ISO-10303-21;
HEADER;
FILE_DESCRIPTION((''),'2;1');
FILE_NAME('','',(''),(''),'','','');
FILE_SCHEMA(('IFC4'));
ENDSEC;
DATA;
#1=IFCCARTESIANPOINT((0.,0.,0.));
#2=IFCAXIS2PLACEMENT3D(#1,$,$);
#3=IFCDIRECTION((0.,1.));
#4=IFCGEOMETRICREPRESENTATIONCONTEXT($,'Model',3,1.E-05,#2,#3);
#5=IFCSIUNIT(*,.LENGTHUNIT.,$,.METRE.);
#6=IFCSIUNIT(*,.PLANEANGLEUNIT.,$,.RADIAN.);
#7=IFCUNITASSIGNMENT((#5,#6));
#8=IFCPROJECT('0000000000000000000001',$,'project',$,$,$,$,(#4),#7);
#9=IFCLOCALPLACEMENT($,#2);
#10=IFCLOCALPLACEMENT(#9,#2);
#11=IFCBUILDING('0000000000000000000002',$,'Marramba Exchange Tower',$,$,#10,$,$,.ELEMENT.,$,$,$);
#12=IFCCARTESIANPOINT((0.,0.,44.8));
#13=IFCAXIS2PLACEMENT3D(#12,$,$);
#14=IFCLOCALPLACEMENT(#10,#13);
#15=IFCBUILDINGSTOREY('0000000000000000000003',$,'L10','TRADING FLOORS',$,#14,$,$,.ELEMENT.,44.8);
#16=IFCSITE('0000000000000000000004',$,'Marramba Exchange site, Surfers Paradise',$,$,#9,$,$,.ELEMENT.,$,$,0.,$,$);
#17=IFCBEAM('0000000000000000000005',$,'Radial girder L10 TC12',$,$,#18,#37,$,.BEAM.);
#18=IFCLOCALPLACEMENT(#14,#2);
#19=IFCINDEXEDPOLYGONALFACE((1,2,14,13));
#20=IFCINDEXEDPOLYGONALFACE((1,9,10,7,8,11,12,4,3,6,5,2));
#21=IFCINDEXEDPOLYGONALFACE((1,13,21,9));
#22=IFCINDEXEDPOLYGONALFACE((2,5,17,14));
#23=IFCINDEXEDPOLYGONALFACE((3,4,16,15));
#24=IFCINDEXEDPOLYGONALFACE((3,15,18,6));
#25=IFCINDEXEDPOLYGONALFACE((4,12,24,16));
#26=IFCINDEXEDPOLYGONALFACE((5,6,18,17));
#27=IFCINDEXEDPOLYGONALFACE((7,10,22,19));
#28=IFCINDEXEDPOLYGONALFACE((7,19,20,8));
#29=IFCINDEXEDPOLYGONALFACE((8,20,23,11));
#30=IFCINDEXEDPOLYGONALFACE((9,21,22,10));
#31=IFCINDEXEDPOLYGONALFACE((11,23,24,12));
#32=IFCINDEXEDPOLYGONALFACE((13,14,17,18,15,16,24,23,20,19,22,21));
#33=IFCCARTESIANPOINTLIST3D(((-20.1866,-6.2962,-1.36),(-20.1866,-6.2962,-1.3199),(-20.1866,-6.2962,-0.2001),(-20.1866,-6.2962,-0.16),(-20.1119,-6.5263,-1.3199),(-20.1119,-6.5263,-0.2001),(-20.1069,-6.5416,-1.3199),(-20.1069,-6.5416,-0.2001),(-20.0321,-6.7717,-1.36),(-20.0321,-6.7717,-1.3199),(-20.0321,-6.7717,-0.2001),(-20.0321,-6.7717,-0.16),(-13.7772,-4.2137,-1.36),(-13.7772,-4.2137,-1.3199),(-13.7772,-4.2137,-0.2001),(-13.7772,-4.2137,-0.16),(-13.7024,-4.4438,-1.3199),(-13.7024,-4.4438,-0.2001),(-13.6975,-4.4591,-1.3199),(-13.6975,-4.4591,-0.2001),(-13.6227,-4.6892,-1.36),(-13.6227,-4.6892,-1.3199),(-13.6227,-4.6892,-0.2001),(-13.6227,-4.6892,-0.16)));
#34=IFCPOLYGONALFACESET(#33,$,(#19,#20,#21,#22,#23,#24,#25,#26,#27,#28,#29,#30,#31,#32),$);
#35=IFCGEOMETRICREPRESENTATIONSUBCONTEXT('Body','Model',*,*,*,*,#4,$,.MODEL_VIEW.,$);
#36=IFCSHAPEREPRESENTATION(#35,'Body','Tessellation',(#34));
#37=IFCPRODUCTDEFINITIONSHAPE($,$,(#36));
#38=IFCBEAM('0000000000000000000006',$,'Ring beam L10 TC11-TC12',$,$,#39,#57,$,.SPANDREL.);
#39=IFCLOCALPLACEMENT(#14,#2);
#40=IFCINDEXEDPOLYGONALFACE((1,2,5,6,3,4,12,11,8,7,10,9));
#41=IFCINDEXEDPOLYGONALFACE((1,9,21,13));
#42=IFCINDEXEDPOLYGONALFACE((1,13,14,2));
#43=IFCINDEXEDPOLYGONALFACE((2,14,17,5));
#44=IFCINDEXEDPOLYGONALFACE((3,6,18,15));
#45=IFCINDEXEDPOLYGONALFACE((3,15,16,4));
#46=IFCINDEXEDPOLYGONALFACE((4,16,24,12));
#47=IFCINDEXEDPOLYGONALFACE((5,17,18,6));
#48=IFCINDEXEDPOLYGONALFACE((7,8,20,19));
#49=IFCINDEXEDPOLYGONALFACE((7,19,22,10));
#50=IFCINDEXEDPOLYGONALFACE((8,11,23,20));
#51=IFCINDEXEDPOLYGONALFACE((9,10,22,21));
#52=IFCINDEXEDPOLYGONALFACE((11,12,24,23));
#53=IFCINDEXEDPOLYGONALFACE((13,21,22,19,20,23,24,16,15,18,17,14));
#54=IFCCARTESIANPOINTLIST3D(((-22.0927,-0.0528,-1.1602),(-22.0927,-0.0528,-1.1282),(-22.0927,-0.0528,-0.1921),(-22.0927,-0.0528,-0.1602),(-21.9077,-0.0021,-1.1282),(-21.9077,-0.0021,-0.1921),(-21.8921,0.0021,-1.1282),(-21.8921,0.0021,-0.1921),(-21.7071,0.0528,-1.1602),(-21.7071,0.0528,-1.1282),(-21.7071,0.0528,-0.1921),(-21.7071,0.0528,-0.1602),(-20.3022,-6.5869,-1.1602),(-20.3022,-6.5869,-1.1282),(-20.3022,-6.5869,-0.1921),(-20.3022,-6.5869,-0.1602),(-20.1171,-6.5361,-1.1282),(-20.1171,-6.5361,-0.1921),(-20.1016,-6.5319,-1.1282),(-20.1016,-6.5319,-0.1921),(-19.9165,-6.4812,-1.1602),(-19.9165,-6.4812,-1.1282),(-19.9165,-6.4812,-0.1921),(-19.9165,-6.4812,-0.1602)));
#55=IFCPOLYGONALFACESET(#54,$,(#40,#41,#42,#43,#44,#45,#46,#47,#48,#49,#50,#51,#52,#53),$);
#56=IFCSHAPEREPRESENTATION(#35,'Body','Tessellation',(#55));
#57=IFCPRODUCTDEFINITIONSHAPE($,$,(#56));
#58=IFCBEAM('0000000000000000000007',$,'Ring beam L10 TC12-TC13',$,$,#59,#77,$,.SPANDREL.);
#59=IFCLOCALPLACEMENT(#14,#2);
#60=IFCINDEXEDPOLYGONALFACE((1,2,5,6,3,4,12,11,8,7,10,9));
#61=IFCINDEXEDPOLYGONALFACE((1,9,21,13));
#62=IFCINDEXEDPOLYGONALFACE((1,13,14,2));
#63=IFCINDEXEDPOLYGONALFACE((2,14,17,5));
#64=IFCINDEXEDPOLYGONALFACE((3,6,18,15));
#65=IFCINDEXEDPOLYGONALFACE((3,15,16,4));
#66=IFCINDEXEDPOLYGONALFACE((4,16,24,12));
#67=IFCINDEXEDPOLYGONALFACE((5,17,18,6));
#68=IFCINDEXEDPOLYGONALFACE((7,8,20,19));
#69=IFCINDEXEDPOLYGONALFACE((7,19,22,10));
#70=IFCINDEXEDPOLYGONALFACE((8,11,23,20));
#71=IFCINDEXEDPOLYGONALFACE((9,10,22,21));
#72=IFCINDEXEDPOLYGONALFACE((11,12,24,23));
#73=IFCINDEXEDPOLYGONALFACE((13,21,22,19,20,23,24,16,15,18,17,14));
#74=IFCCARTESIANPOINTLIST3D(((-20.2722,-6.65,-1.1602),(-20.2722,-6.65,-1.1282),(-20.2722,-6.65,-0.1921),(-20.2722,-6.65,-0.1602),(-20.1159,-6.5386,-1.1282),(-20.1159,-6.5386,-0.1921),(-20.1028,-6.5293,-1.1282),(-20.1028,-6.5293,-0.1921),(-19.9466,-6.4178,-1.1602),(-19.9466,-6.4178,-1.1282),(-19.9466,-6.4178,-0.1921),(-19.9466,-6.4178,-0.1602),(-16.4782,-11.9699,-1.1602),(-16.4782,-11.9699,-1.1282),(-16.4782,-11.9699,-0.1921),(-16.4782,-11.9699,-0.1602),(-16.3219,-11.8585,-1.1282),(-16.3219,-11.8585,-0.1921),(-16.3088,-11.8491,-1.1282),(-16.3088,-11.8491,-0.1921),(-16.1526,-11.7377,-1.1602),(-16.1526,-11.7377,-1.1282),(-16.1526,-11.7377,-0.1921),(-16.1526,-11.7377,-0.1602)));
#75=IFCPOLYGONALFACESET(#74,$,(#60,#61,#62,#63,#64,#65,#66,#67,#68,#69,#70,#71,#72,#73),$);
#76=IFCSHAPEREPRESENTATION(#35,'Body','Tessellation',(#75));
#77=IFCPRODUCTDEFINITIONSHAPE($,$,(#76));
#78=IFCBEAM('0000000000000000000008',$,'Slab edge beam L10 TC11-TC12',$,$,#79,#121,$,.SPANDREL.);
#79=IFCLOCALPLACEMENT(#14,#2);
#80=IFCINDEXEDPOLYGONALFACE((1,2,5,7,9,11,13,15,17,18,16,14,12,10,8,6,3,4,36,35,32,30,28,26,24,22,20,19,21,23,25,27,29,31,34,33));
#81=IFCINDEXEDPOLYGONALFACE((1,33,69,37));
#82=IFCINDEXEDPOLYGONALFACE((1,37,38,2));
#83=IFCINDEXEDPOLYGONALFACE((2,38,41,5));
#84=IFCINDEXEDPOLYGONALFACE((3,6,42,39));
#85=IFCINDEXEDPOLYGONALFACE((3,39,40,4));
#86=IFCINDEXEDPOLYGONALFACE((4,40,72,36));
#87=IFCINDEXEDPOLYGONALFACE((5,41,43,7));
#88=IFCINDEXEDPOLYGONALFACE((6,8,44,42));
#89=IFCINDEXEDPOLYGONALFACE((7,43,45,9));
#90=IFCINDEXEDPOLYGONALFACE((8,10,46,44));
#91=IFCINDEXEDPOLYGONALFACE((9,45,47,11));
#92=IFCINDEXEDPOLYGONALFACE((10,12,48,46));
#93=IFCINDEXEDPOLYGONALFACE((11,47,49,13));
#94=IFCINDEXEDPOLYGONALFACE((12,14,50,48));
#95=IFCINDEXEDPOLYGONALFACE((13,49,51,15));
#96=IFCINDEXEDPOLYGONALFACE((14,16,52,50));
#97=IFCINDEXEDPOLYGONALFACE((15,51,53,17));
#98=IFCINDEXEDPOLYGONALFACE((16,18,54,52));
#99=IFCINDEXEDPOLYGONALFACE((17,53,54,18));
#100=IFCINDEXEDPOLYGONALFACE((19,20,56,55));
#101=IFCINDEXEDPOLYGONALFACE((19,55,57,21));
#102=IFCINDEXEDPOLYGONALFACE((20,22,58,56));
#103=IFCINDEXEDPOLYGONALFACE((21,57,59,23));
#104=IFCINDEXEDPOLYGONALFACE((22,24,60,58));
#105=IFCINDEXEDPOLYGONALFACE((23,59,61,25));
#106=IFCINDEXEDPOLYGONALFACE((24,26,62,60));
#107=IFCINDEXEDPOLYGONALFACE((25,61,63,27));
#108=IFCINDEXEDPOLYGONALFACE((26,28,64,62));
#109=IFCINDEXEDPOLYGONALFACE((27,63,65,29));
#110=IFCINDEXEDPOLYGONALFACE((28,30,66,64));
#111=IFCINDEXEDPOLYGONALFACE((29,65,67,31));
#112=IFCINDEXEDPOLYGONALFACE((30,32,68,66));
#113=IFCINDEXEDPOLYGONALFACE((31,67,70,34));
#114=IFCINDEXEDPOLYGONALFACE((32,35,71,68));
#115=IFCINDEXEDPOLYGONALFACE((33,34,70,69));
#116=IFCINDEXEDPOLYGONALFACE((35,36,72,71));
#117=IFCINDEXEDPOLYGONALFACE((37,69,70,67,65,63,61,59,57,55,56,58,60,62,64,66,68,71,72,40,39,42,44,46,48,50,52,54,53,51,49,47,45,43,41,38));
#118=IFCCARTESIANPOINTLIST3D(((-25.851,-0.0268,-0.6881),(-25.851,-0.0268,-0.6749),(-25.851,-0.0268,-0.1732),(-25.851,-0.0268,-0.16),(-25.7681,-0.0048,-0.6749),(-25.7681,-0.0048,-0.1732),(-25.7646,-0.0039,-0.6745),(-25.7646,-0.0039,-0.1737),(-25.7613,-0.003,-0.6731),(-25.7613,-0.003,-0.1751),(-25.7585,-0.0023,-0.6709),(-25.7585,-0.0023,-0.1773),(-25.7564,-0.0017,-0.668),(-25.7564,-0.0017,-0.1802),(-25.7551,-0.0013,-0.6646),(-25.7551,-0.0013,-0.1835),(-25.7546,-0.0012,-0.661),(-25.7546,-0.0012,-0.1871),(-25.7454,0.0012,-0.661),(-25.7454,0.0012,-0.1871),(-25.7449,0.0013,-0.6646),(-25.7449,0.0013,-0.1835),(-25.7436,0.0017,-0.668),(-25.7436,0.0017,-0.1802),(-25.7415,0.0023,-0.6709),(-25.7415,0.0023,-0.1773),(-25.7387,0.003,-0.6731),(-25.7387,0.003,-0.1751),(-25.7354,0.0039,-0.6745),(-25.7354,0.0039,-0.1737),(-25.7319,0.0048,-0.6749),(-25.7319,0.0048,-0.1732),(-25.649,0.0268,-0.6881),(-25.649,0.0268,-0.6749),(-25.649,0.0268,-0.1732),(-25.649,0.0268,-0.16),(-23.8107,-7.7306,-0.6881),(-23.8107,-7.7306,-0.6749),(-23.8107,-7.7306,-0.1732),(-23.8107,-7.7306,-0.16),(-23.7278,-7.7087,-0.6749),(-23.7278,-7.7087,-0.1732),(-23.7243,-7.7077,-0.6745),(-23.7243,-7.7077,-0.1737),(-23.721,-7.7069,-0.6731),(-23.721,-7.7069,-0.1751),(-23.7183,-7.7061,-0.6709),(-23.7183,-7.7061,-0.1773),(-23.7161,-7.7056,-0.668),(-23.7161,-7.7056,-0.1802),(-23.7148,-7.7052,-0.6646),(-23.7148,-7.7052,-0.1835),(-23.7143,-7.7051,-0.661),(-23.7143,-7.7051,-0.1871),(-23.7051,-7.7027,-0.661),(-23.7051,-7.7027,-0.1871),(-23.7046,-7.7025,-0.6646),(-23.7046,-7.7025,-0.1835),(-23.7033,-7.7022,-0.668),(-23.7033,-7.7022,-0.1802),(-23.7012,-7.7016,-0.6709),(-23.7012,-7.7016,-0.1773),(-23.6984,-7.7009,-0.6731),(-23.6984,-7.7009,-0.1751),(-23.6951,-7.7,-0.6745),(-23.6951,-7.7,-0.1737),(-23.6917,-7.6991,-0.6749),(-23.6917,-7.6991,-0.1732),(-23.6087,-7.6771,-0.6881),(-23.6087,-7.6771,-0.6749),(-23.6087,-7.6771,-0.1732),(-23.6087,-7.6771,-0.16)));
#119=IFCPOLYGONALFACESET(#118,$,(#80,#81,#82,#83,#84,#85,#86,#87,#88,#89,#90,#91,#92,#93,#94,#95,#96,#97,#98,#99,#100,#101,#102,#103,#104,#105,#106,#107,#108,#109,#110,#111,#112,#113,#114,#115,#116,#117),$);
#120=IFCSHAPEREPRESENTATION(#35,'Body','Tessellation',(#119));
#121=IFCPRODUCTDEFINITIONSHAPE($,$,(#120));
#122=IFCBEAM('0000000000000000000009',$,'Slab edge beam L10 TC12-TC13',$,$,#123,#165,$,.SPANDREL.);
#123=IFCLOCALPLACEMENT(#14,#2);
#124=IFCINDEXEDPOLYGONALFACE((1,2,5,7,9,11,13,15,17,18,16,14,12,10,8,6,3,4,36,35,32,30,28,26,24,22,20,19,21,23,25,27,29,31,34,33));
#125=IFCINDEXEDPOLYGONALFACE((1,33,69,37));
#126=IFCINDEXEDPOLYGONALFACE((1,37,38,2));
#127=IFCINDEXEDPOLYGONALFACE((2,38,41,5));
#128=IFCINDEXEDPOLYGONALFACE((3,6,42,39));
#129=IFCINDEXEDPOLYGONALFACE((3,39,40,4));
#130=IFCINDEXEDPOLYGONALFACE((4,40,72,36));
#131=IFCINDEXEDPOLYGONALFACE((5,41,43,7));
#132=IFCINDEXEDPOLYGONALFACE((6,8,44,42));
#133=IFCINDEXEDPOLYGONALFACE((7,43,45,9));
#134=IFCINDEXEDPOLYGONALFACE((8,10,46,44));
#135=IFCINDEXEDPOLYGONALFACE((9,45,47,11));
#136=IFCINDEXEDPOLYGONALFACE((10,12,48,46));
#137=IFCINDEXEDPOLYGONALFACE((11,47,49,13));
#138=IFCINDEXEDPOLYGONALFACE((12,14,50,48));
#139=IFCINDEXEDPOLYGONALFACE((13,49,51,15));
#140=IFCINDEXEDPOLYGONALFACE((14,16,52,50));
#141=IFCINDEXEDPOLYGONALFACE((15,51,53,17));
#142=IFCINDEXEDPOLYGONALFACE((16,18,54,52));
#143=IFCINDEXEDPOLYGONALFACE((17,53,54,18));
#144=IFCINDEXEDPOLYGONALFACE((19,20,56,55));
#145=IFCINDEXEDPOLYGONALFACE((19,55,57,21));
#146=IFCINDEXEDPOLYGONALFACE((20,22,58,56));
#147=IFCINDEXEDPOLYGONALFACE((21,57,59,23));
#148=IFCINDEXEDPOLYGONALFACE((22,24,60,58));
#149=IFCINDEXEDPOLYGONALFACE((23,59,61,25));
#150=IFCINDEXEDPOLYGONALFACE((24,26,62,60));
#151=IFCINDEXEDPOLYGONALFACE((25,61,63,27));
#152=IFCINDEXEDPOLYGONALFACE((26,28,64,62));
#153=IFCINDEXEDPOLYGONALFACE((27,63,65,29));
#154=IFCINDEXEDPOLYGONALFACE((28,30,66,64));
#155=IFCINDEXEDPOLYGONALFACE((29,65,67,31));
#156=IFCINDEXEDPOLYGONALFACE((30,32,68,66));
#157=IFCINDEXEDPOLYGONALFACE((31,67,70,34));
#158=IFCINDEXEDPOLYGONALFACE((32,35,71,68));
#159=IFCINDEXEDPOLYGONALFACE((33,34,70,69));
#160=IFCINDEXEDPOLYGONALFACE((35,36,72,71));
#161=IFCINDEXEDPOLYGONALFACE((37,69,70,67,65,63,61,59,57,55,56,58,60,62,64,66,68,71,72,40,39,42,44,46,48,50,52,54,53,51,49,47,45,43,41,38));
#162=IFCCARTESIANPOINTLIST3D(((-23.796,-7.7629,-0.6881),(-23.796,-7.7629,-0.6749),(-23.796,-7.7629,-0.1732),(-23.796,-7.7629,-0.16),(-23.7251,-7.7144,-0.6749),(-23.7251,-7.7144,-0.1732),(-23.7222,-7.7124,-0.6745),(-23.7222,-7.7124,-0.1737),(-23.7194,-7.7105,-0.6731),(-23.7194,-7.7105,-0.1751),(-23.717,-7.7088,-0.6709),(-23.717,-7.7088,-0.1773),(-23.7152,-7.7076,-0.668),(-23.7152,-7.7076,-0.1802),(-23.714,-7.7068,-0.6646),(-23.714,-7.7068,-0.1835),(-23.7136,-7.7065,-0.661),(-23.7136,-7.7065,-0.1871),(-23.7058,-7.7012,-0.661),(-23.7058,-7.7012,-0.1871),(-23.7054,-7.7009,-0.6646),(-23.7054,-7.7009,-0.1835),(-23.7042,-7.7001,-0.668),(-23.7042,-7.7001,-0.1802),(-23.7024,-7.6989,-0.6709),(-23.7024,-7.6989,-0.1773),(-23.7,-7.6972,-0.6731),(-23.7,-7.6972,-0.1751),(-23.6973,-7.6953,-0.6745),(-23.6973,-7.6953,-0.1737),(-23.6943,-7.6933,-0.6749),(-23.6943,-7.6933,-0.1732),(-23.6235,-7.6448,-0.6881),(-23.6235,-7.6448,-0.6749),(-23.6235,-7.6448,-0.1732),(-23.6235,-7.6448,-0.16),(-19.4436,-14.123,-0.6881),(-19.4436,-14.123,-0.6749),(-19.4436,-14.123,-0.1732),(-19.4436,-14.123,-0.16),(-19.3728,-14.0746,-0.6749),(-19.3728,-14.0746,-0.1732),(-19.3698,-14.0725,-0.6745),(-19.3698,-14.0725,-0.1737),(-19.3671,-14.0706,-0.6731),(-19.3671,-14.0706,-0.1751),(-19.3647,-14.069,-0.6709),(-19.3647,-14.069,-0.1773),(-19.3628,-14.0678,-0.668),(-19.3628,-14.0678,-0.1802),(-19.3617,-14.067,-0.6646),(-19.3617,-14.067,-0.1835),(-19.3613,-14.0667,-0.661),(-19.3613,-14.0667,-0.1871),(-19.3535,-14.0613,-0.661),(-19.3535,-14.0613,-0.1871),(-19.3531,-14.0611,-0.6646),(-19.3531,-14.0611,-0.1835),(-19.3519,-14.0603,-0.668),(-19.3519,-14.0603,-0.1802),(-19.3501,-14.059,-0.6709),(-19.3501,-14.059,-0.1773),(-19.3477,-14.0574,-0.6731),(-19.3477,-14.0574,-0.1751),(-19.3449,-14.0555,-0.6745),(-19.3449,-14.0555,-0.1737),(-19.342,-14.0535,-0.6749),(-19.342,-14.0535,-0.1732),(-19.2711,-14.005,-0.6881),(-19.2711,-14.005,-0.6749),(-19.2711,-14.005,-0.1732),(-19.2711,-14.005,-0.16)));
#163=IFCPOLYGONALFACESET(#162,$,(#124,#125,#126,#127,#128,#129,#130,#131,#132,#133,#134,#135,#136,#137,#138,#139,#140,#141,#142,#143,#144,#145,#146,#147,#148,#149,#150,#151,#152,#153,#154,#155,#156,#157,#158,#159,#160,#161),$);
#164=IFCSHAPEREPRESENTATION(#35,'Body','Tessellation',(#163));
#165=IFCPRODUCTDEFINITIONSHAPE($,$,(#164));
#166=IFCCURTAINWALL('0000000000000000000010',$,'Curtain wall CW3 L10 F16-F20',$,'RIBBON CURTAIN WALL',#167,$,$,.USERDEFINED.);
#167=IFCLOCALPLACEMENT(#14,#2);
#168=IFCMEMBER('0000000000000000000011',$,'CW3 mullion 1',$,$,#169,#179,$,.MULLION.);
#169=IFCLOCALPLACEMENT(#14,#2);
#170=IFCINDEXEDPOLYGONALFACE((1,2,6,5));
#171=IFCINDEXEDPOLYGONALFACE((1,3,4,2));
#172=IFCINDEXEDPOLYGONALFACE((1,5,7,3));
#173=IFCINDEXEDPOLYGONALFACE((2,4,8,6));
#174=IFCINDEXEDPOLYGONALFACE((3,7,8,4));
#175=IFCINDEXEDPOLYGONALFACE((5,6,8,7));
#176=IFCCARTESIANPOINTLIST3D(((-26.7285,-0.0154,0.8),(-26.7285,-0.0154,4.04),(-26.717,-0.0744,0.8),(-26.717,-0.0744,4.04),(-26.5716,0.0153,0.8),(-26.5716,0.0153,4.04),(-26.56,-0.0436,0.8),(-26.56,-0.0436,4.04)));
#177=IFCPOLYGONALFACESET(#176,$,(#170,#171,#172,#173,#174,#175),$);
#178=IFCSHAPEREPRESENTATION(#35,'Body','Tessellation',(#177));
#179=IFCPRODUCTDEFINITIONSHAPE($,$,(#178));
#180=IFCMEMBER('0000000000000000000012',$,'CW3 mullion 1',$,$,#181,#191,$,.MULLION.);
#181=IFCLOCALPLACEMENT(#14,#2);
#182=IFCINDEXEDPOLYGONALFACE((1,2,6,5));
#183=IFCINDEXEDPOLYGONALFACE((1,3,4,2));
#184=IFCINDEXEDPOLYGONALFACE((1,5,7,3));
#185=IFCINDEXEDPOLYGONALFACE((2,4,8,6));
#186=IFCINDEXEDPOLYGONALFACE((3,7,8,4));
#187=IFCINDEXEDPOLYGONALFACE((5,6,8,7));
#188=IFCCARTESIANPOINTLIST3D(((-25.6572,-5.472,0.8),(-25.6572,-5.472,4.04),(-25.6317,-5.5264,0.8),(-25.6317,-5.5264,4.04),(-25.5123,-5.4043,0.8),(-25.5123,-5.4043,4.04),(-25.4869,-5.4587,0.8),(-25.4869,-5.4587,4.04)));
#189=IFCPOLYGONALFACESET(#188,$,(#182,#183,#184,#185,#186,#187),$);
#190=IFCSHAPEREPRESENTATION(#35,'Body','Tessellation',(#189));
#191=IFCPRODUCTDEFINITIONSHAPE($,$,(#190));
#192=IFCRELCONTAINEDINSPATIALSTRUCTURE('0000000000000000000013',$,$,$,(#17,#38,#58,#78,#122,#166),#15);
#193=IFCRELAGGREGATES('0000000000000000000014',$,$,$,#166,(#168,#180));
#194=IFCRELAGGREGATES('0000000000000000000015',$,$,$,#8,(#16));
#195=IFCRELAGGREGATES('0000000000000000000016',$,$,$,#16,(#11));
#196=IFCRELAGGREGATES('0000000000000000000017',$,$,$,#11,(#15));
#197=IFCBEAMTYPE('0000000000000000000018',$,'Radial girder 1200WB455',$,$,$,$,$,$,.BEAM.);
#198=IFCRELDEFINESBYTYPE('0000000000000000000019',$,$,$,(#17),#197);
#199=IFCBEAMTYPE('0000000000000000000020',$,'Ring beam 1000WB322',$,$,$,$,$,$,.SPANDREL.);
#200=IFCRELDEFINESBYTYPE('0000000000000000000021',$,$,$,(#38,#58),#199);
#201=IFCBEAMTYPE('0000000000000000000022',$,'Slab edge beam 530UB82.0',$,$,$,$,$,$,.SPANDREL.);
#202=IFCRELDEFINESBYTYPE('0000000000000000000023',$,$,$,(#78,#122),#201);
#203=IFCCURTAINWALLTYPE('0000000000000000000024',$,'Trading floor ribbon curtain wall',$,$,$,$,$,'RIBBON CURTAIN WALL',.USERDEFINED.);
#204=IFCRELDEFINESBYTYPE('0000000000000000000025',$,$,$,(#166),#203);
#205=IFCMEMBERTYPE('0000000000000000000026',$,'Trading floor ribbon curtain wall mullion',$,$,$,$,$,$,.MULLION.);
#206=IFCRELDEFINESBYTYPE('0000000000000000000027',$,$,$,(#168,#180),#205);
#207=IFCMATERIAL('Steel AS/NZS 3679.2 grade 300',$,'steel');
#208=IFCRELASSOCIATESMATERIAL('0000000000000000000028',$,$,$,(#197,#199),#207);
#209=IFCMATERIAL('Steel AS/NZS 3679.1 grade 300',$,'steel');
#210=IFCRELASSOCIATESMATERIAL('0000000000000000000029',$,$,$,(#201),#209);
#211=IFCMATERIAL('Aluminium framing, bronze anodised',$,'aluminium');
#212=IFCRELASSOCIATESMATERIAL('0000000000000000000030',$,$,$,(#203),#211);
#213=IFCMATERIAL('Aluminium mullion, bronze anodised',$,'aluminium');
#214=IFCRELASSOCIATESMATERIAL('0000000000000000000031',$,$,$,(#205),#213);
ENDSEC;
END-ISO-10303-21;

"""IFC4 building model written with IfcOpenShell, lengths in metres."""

from ifc_helpers import new_model, si_unit, direction, frame, origin, origin_2d, place, context, subcontext, project, spatial, rectangle, i_section, extrude, material, material_profile, profile_set, type_object, element, aggregate, save


model = new_model("IFC4")

# Units and contexts
model_context = context("Model", 3, precision=1e-05, world=origin(), true_north=direction((0.0, 1.0)))
body_context = subcontext(model_context, "Body", "Model", "MODEL_VIEW")
ifc_project = project(units=[si_unit("LENGTHUNIT", "METRE"), si_unit("PLANEANGLEUNIT", "RADIAN")], contexts=[model_context])

# Site, building, storey
site_placement = place(None, origin())
site = spatial("IfcSite", under=ifc_project, at=site_placement, Name="Marramba Exchange site, Surfers Paradise", CompositionType="ELEMENT", RefElevation=0.0)
building_placement = place(site_placement, origin())
building = spatial("IfcBuilding", under=site, at=building_placement, Name="Marramba Exchange Tower", CompositionType="ELEMENT")
storey_placement = place(building_placement, frame((0.0, 0.0, 44.8)))
storey = spatial("IfcBuildingStorey", under=building, at=storey_placement, Name="L10", Description="TRADING FLOORS", CompositionType="ELEMENT", Elevation=44.8)

# Beams
ifc_material_1 = material(Name="Steel AS/NZS 3679.2 grade 300", Category="steel")
ifc_material_2 = material(Name="Steel AS/NZS 3679.1 grade 300", Category="steel")
ifc_material_profile_1 = material_profile(ifc_material_1, i_section(OverallWidth=0.5, OverallDepth=1.2, WebThickness=0.0161, FlangeThickness=0.04, at=origin_2d()), Name="1200WB455")
ifc_profile_set_1 = profile_set([ifc_material_profile_1], Name="Steel AS/NZS 3679.2 grade 300")
beam_type_1 = type_object("IfcBeamType", Name="Radial girder 1200WB455", PredefinedType="BEAM", material=ifc_profile_set_1)
beam_1_placement = place(storey_placement, frame((-13.7, -4.4514, -0.76), z_axis=(-0.951058, -0.309013, 0.0), x_axis=(0.309013, -0.951058, 0.0)))
element("IfcBeam", 1, at=beam_1_placement, inside=storey, type_object=beam_type_1, Name="Radial girder L10 TC12", PredefinedType="BEAM", context=body_context, shape_type="SweptSolid", body=[
    extrude(i_section(OverallWidth=0.5, OverallDepth=1.2, WebThickness=0.0161, FlangeThickness=0.04, at=origin_2d()), origin(), (0.0, 0.0, 1.0), 6.7393),
])
ifc_material_profile_2 = material_profile(ifc_material_1, i_section(OverallWidth=0.3999, OverallDepth=1.0, WebThickness=0.0161, FlangeThickness=0.032, at=origin_2d()), Name="1000WB322")
ifc_profile_set_2 = profile_set([ifc_material_profile_2], Name="Steel AS/NZS 3679.2 grade 300")
beam_type_2 = type_object("IfcBeamType", Name="Ring beam 1000WB322", PredefinedType="SPANDREL", material=ifc_profile_set_2)
beam_2_placement = place(storey_placement, frame((-21.8999, 0.0, -0.6602), z_axis=(0.264291, -0.964443, 0.0), x_axis=(0.964443, 0.264291, 0.0)))
element("IfcBeam", 2, at=beam_2_placement, inside=storey, type_object=beam_type_2, Name="Ring beam L10 TC11-TC12", PredefinedType="SPANDREL", context=body_context, shape_type="SweptSolid", body=[
    extrude(i_section(OverallWidth=0.3999, OverallDepth=1.0, WebThickness=0.0161, FlangeThickness=0.032, at=origin_2d()), origin(), (0.0, 0.0, 1.0), 6.7749),
])
beam_3_placement = place(storey_placement, frame((-20.1094, -6.5339, -0.6602), z_axis=(0.580637, -0.814162, 0.0), x_axis=(0.814162, 0.580637, 0.0)))
element("IfcBeam", 3, at=beam_3_placement, inside=storey, type_object=beam_type_2, Name="Ring beam L10 TC12-TC13", PredefinedType="SPANDREL", context=body_context, shape_type="SweptSolid", body=[
    extrude(i_section(OverallWidth=0.3999, OverallDepth=1.0, WebThickness=0.0161, FlangeThickness=0.032, at=origin_2d()), origin(), (0.0, 0.0, 1.0), 6.5342),
])
ifc_material_profile_3 = material_profile(ifc_material_2, i_section(OverallWidth=0.209, OverallDepth=0.5281, WebThickness=0.0095, FlangeThickness=0.0132, FilletRadius=0.0139, at=origin_2d()), Name="530UB82.0")
ifc_profile_set_3 = profile_set([ifc_material_profile_3], Name="Steel AS/NZS 3679.1 grade 300")
beam_type_3 = type_object("IfcBeamType", Name="Slab edge beam 530UB82.0", PredefinedType="SPANDREL", material=ifc_profile_set_3)
beam_4_placement = place(storey_placement, frame((-25.75, 0.0, -0.4241), z_axis=(0.256013, -0.966673, 0.0), x_axis=(0.966673, 0.256013, 0.0)))
element("IfcBeam", 4, at=beam_4_placement, inside=storey, type_object=beam_type_3, Name="Slab edge beam L10 TC11-TC12", PredefinedType="SPANDREL", context=body_context, shape_type="SweptSolid", body=[
    extrude(i_section(OverallWidth=0.209, OverallDepth=0.5281, WebThickness=0.0095, FlangeThickness=0.0132, FilletRadius=0.0139, at=origin_2d()), origin(), (0.0, 0.0, 1.0), 7.9695),
])
beam_5_placement = place(storey_placement, frame((-23.7097, -7.7039, -0.4241), z_axis=(0.564741, -0.825268, 0.0), x_axis=(0.825268, 0.564741, 0.0)))
element("IfcBeam", 5, at=beam_5_placement, inside=storey, type_object=beam_type_3, Name="Slab edge beam L10 TC12-TC13", PredefinedType="SPANDREL", context=body_context, shape_type="SweptSolid", body=[
    extrude(i_section(OverallWidth=0.209, OverallDepth=0.5281, WebThickness=0.0095, FlangeThickness=0.0132, FilletRadius=0.0139, at=origin_2d()), origin(), (0.0, 0.0, 1.0), 7.7068),
])

# Curtain wall, members
ifc_material_3 = material(Name="Aluminium framing, bronze anodised", Category="aluminium")
curtain_wall_type = type_object("IfcCurtainWallType", Name="Trading floor ribbon curtain wall", ElementType="RIBBON CURTAIN WALL", PredefinedType="USERDEFINED", material=ifc_material_3)
curtain_wall_placement = place(storey_placement, origin())
curtain_wall = element("IfcCurtainWall", 6, at=curtain_wall_placement, inside=storey, type_object=curtain_wall_type, Name="Curtain wall CW3 L10 F16-F20", ObjectType="RIBBON CURTAIN WALL", PredefinedType="USERDEFINED")
ifc_material_4 = material(Name="Aluminium mullion, bronze anodised", Category="aluminium")
ifc_material_profile_4 = material_profile(ifc_material_4, rectangle(XDim=0.1599, YDim=0.0601, at=origin_2d()), Name="CW3 mullion 60x160")
ifc_profile_set_4 = profile_set([ifc_material_profile_4], Name="Aluminium mullion, bronze anodised")
member_type_1 = type_object("IfcMemberType", Name="Trading floor ribbon curtain wall mullion", PredefinedType="MULLION", material=ifc_profile_set_4)
member_1_placement = place(storey_placement, frame((-26.6443, -0.0295, 0.8), z_axis=(0.0, 0.0, 1.0), x_axis=(0.981346, 0.192249, 0.0)))
member_1 = element("IfcMember", 7, at=member_1_placement, type_object=member_type_1, Name="CW3 mullion 1", PredefinedType="MULLION", context=body_context, shape_type="SweptSolid", body=[
    extrude(rectangle(XDim=0.1599, YDim=0.0601, at=origin_2d()), origin(), (0.0, 0.0, 1.0), 3.24),
])
member_2_placement = place(storey_placement, frame((-25.572, -5.4653, 0.8), z_axis=(0.0, 0.0, 1.0), x_axis=(0.905907, 0.423477, 0.0)))
member_2 = element("IfcMember", 8, at=member_2_placement, type_object=member_type_1, Name="CW3 mullion 1", PredefinedType="MULLION", context=body_context, shape_type="SweptSolid", body=[
    extrude(rectangle(XDim=0.1599, YDim=0.0601, at=origin_2d()), origin(), (0.0, 0.0, 1.0), 3.24),
])
aggregate(curtain_wall, [member_1, member_2])

save(model, "model.ifc")
